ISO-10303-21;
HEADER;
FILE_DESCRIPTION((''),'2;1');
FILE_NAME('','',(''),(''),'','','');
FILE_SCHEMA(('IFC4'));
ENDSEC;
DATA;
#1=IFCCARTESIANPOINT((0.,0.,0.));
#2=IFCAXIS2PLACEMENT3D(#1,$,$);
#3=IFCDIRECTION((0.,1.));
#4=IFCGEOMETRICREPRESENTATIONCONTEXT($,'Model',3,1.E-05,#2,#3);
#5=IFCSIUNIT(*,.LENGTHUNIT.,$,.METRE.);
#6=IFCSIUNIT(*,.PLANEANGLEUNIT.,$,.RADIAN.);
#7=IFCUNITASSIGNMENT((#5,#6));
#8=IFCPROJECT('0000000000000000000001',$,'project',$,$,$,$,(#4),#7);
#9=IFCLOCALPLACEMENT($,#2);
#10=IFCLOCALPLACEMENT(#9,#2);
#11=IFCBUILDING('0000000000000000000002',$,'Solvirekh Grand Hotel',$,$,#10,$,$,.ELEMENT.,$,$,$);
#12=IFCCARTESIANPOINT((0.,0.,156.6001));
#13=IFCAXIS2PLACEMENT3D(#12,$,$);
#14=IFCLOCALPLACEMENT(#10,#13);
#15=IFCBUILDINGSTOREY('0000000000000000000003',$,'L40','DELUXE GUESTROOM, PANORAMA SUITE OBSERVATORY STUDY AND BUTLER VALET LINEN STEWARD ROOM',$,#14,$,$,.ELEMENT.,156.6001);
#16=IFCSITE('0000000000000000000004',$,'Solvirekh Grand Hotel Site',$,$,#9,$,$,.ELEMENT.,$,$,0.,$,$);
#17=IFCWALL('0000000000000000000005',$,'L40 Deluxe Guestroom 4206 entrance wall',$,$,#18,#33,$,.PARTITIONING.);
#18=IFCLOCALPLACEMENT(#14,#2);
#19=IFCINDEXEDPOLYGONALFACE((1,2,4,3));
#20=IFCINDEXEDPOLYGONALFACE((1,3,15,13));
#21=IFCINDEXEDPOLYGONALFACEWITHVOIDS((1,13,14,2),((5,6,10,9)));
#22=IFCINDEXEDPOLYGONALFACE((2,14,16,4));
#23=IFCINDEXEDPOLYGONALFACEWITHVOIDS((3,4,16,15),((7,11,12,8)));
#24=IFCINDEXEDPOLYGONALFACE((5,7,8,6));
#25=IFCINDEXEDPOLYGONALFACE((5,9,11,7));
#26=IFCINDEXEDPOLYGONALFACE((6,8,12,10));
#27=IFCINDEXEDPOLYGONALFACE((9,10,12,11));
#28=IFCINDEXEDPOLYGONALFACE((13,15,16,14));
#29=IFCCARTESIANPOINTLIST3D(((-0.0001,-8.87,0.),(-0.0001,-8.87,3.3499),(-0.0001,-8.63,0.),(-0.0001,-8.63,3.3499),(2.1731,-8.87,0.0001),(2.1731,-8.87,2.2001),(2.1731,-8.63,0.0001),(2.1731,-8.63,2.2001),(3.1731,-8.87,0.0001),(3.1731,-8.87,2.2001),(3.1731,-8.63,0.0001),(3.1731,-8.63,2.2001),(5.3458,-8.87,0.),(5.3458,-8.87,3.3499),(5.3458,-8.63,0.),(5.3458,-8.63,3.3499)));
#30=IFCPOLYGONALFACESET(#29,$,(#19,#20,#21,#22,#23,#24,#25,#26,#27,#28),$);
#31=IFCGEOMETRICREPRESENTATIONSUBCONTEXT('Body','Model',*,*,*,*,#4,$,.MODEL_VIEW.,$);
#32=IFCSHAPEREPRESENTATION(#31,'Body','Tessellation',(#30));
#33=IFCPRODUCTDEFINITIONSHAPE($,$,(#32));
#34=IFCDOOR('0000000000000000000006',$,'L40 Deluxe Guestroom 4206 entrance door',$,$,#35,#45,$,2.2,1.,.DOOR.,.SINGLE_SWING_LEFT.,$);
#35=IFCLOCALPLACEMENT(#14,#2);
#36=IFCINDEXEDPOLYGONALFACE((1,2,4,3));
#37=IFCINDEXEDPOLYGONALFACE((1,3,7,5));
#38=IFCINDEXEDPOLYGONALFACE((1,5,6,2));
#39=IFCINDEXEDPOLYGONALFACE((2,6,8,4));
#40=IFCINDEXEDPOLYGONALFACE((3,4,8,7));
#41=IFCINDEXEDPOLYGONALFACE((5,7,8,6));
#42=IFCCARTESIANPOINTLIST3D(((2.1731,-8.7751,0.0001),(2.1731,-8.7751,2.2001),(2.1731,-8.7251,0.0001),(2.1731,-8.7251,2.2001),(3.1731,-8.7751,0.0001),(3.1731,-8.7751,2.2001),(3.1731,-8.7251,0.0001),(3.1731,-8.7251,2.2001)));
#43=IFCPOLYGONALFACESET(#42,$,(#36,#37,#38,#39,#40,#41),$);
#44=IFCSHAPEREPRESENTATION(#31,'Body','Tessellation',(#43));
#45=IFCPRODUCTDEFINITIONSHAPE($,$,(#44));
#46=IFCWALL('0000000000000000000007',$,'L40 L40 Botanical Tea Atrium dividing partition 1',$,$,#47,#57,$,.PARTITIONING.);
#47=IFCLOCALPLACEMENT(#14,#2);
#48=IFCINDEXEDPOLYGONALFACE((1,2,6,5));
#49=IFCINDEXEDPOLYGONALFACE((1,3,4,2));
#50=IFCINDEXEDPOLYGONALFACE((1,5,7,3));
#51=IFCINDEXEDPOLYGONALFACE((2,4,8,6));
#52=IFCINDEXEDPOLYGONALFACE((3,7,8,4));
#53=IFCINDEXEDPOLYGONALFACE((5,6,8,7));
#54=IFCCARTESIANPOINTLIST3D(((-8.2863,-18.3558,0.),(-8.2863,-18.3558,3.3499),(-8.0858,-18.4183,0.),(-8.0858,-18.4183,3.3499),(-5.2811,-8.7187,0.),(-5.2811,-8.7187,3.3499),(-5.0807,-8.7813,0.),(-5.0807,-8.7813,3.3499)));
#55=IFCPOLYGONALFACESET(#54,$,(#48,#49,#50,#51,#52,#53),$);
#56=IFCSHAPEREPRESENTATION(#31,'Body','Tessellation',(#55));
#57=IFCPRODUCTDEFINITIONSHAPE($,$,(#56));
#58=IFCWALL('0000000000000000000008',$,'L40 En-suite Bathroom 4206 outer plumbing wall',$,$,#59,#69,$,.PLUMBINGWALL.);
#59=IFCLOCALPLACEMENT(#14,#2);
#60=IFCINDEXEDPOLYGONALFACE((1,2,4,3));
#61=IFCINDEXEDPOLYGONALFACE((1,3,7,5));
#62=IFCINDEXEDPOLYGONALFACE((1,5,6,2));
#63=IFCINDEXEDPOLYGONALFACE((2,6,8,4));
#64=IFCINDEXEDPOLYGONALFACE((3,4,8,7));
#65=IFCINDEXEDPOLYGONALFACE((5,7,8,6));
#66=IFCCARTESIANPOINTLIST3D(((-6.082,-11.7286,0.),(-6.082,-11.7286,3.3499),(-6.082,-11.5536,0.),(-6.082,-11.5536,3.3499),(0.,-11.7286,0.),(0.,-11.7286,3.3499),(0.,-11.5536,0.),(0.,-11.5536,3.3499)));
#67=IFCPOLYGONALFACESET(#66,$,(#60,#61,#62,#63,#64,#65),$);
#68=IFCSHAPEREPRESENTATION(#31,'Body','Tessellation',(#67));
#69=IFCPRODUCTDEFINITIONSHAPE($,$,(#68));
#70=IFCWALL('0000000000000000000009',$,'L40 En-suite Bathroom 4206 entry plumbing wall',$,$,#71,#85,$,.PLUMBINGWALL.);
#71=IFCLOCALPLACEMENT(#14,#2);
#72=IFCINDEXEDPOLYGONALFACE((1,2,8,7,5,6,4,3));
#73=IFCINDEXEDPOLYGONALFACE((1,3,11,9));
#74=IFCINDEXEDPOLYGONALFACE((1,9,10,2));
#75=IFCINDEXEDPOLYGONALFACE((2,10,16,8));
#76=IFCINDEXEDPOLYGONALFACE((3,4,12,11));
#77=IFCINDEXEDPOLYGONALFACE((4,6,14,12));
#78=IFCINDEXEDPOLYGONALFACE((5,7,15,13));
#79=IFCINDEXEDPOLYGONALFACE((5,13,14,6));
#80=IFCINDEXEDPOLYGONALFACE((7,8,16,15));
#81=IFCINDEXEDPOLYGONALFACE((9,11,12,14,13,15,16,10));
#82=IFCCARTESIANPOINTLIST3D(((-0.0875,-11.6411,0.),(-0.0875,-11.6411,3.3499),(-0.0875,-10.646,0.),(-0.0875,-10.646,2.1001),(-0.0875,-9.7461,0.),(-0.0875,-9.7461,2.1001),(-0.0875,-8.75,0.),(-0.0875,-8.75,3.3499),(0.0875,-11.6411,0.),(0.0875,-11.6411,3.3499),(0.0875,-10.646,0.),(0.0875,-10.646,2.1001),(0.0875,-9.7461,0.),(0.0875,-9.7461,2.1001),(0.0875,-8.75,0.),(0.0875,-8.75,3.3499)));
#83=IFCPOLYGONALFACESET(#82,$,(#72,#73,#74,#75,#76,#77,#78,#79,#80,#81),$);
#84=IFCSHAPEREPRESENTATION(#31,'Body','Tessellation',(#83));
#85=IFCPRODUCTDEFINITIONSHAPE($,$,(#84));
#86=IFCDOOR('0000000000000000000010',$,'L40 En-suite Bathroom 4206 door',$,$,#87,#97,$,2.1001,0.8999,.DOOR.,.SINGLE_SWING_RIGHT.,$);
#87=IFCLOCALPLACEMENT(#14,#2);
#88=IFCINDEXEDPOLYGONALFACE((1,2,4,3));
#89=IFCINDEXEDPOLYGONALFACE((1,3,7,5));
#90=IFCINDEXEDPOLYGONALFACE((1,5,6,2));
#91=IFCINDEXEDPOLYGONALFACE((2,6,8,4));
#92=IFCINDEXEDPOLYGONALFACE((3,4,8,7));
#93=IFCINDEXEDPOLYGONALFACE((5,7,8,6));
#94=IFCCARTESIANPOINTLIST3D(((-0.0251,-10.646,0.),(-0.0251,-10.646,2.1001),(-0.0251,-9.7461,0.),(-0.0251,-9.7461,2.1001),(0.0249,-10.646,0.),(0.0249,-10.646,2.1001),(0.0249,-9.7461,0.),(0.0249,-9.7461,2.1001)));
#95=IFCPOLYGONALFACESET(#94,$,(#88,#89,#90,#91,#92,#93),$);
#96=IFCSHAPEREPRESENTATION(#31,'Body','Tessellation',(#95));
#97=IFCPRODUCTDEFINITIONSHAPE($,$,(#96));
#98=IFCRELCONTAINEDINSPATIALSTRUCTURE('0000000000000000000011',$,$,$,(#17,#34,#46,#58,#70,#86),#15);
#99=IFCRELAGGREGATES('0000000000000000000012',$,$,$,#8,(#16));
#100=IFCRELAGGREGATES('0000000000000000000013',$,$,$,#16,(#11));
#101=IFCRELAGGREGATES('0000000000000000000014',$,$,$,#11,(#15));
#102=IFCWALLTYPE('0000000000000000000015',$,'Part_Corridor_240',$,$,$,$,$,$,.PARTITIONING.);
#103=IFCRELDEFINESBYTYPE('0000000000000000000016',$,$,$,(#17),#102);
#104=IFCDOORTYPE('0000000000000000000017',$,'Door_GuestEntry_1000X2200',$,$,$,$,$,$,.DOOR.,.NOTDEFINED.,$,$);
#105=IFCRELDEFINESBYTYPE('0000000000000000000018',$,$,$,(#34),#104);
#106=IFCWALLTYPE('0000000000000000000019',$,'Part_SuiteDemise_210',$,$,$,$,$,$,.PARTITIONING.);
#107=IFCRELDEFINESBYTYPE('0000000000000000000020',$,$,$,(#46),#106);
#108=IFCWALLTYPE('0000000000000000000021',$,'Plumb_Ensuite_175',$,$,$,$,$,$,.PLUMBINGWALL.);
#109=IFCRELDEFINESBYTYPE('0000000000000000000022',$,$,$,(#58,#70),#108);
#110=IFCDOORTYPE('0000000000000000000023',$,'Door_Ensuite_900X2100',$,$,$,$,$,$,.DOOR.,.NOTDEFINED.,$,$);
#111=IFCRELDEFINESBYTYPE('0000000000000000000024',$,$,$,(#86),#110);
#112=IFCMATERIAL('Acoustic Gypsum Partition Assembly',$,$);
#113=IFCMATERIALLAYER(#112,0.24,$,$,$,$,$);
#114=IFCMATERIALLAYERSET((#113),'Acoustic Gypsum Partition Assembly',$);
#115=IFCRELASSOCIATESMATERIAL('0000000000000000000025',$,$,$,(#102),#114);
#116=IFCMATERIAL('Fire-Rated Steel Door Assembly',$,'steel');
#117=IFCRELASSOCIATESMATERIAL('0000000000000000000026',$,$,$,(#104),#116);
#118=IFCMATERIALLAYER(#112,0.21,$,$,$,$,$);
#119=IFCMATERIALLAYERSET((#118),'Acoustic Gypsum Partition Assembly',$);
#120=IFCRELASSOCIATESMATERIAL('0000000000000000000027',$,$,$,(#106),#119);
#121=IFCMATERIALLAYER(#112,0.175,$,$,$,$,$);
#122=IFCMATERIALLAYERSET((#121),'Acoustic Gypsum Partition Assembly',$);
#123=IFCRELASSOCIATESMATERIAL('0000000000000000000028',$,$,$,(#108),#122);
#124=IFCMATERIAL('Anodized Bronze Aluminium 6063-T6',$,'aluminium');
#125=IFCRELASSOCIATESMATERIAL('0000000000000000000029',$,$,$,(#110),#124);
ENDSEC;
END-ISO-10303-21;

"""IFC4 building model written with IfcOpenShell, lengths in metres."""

from ifc_helpers import new_model, si_unit, direction, frame, frame_2d, origin, place, context, subcontext, project, spatial, rectangle, extrude, material, layer, layer_set, type_object, element, fill, save


model = new_model("IFC4")

# Units and contexts
model_context = context("Model", 3, precision=1e-05, world=origin(), true_north=direction((0.0, 1.0)))
body_context = subcontext(model_context, "Body", "Model", "MODEL_VIEW")
ifc_project = project(units=[si_unit("LENGTHUNIT", "METRE"), si_unit("PLANEANGLEUNIT", "RADIAN")], contexts=[model_context])

# Site, building, storey
site_placement = place(None, origin())
site = spatial("IfcSite", under=ifc_project, at=site_placement, Name="Solvirekh Grand Hotel Site", CompositionType="ELEMENT", RefElevation=0.0)
building_placement = place(site_placement, origin())
building = spatial("IfcBuilding", under=site, at=building_placement, Name="Solvirekh Grand Hotel", CompositionType="ELEMENT")
storey_placement = place(building_placement, frame((0.0, 0.0, 156.6001)))
storey = spatial("IfcBuildingStorey", under=building, at=storey_placement, Name="L40", Description="DELUXE GUESTROOM, PANORAMA SUITE OBSERVATORY STUDY AND BUTLER VALET LINEN STEWARD ROOM", CompositionType="ELEMENT", Elevation=156.6001)

# Shared definitions
ifc_material_1 = material(Name="Anodized Bronze Aluminium 6063-T6", Category="aluminium")

# Shared definitions
ifc_material_2 = material(Name="Acoustic Gypsum Partition Assembly")

# Shared definitions
ifc_layer_1 = layer(ifc_material_2, 0.24)
ifc_layer_set_1 = layer_set([ifc_layer_1], Name="Acoustic Gypsum Partition Assembly")
wall_type_1 = type_object("IfcWallType", Name="Part_Corridor_240", PredefinedType="PARTITIONING", material=ifc_layer_set_1)

# Wall, opening, door
wall_1_placement = place(storey_placement, frame((0.0, -8.75, 0.0), z_axis=(0.0, 0.0, 1.0), x_axis=(1.0, 0.0, 0.0)))
wall_1 = element("IfcWall", 1, at=wall_1_placement, inside=storey, type_object=wall_type_1, Name="L40 Deluxe Guestroom 4206 entrance wall", PredefinedType="PARTITIONING", context=body_context, shape_type="SweptSolid", body=[
    extrude(rectangle(XDim=5.3459, YDim=0.24, at=frame_2d((2.6729, 0.0))), origin(), (0.0, 0.0, 1.0), 3.3499),
])
opening_1_placement = place(wall_1_placement, frame((2.1731, 0.0, 0.0)))
opening_1 = element("IfcOpeningElement", 2, at=opening_1_placement, cuts=wall_1, PredefinedType="OPENING", context=body_context, shape_type="SweptSolid", body=[
    extrude(rectangle(XDim=1.0, YDim=2.2, at=frame_2d((0.5, 1.1001))), frame((0.0, 0.1299, 0.0), z_axis=(0.0, -1.0, 0.0), x_axis=(1.0, 0.0, 0.0)), (0.0, 0.0, 1.0), 0.26),
])
ifc_material_3 = material(Name="Fire-Rated Steel Door Assembly", Category="steel")
door_type_1 = type_object("IfcDoorType", Name="Door_GuestEntry_1000X2200", OperationType="NOTDEFINED", PredefinedType="DOOR", material=ifc_material_3)
door_1_placement = place(opening_1_placement, origin())
door_1 = element("IfcDoor", 3, at=door_1_placement, inside=storey, type_object=door_type_1, Name="L40 Deluxe Guestroom 4206 entrance door", OperationType="SINGLE_SWING_LEFT", OverallHeight=2.2, OverallWidth=1.0, PredefinedType="DOOR", context=body_context, shape_type="SweptSolid", body=[
    extrude(rectangle(XDim=1.0, YDim=2.2, at=frame_2d((0.5, 1.1001))), frame((0.0, 0.0249, 0.0), z_axis=(0.0, -1.0, 0.0), x_axis=(1.0, 0.0, 0.0)), (0.0, 0.0, 1.0), 0.05),
])
fill(opening_1, door_1)

# Walls
ifc_layer_2 = layer(ifc_material_2, 0.21)
ifc_layer_set_2 = layer_set([ifc_layer_2], Name="Acoustic Gypsum Partition Assembly")
wall_type_2 = type_object("IfcWallType", Name="Part_SuiteDemise_210", PredefinedType="PARTITIONING", material=ifc_layer_set_2)
wall_2_placement = place(storey_placement, frame((-5.1809, -8.75, 0.0), z_axis=(0.0, 0.0, 1.0), x_axis=(-0.297695, -0.954661, 0.0)))
element("IfcWall", 4, at=wall_2_placement, inside=storey, type_object=wall_type_2, Name="L40 L40 Botanical Tea Atrium dividing partition 1", PredefinedType="PARTITIONING", context=body_context, shape_type="SweptSolid", body=[
    extrude(rectangle(XDim=10.0947, YDim=0.21, at=frame_2d((5.0474, 0.0))), origin(), (0.0, 0.0, 1.0), 3.3499),
])
ifc_layer_3 = layer(ifc_material_2, 0.175)
ifc_layer_set_3 = layer_set([ifc_layer_3], Name="Acoustic Gypsum Partition Assembly")
wall_type_3 = type_object("IfcWallType", Name="Plumb_Ensuite_175", PredefinedType="PLUMBINGWALL", material=ifc_layer_set_3)
wall_3_placement = place(storey_placement, frame((-6.082, -11.6411, 0.0), z_axis=(0.0, 0.0, 1.0), x_axis=(1.0, 0.0, 0.0)))
element("IfcWall", 5, at=wall_3_placement, inside=storey, type_object=wall_type_3, Name="L40 En-suite Bathroom 4206 outer plumbing wall", PredefinedType="PLUMBINGWALL", context=body_context, shape_type="SweptSolid", body=[
    extrude(rectangle(XDim=6.082, YDim=0.175, at=frame_2d((3.041, 0.0))), origin(), (0.0, 0.0, 1.0), 3.3499),
])

# Wall, opening, door
wall_4_placement = place(storey_placement, frame((0.0, -8.75, 0.0), z_axis=(0.0, 0.0, 1.0), x_axis=(0.0, -1.0, 0.0)))
wall_4 = element("IfcWall", 6, at=wall_4_placement, inside=storey, type_object=wall_type_3, Name="L40 En-suite Bathroom 4206 entry plumbing wall", PredefinedType="PLUMBINGWALL", context=body_context, shape_type="SweptSolid", body=[
    extrude(rectangle(XDim=2.8911, YDim=0.175, at=frame_2d((1.4456, 0.0))), origin(), (0.0, 0.0, 1.0), 3.3499),
])
opening_2_placement = place(wall_4_placement, frame((0.9961, 0.0, 0.0)))
opening_2 = element("IfcOpeningElement", 7, at=opening_2_placement, cuts=wall_4, PredefinedType="OPENING", context=body_context, shape_type="SweptSolid", body=[
    extrude(rectangle(XDim=0.8999, YDim=2.1001, at=frame_2d((0.45, 1.05))), frame((0.0, 0.0977, 0.0), z_axis=(0.0, -1.0, 0.0), x_axis=(1.0, 0.0, 0.0)), (0.0, 0.0, 1.0), 0.1951),
])
door_type_2 = type_object("IfcDoorType", Name="Door_Ensuite_900X2100", OperationType="NOTDEFINED", PredefinedType="DOOR", material=ifc_material_1)
door_2_placement = place(opening_2_placement, origin())
door_2 = element("IfcDoor", 8, at=door_2_placement, inside=storey, type_object=door_type_2, Name="L40 En-suite Bathroom 4206 door", OperationType="SINGLE_SWING_RIGHT", OverallHeight=2.1001, OverallWidth=0.8999, PredefinedType="DOOR", context=body_context, shape_type="SweptSolid", body=[
    extrude(rectangle(XDim=0.8999, YDim=2.1001, at=frame_2d((0.45, 1.05))), frame((0.0, 0.0249, 0.0), z_axis=(0.0, -1.0, 0.0), x_axis=(1.0, 0.0, 0.0)), (0.0, 0.0, 1.0), 0.05),
])
fill(opening_2, door_2)

save(model, "model.ifc")
